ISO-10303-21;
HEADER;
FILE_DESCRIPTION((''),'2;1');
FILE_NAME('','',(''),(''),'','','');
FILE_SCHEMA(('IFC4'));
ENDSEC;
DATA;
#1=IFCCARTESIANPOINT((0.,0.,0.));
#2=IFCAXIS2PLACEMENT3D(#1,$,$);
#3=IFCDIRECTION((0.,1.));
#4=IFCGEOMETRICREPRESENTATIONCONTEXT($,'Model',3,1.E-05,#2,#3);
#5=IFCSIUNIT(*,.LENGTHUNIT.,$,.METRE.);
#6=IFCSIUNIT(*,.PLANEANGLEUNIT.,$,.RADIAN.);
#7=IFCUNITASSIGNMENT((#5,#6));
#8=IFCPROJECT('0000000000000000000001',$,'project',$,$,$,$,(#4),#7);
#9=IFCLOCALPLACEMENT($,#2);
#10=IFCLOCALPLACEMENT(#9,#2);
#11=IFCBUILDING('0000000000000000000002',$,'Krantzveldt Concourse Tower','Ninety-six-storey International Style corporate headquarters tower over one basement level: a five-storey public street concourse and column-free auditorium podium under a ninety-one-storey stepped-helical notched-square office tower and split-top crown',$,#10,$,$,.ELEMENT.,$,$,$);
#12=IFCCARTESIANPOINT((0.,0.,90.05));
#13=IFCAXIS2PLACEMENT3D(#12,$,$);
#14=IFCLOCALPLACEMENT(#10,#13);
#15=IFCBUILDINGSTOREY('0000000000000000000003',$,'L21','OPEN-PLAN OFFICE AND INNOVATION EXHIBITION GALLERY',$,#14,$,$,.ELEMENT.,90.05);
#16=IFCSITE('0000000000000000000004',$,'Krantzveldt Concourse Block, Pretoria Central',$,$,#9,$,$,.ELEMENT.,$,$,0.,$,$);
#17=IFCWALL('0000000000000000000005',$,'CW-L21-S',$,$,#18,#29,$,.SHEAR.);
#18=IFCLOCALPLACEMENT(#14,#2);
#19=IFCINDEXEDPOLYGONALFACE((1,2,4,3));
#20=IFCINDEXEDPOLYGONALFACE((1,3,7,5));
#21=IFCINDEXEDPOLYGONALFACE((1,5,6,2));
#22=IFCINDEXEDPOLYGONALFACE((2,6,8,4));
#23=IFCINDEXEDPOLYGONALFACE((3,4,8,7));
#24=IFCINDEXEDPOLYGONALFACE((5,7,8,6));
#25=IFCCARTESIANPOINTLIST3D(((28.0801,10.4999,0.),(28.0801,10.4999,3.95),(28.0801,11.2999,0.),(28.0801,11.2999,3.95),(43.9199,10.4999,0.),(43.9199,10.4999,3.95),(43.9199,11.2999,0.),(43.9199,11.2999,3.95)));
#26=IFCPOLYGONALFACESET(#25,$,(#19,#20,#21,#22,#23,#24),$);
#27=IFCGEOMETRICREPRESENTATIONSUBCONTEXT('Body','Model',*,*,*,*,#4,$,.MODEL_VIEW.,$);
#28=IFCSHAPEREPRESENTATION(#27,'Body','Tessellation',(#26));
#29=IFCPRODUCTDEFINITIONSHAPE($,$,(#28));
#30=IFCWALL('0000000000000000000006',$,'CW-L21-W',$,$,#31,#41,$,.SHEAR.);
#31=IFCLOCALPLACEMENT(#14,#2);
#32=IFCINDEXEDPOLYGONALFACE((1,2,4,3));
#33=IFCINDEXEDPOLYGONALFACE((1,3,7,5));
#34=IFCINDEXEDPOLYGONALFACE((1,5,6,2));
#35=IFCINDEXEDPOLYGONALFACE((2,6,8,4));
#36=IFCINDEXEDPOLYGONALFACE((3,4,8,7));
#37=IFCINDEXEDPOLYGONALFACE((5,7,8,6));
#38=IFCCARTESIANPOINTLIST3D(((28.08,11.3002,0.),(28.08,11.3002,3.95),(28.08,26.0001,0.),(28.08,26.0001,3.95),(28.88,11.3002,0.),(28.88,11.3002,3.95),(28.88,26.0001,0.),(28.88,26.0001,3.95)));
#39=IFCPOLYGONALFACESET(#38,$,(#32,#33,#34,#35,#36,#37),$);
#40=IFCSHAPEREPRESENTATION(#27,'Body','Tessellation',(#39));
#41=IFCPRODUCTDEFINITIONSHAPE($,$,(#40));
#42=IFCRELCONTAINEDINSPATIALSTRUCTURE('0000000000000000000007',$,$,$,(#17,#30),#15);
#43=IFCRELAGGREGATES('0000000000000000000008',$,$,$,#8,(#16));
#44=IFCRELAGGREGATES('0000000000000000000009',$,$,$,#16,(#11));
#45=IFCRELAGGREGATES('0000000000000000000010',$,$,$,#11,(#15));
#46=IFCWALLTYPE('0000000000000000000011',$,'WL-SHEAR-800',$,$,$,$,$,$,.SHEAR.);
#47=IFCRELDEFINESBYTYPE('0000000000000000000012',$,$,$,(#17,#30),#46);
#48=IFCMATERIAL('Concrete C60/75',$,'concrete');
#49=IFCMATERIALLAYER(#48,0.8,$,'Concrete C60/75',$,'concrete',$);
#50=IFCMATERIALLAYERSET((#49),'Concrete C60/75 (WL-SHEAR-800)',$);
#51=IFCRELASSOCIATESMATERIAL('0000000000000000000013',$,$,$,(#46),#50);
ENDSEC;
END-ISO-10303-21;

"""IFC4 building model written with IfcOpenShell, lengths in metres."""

from ifc_helpers import new_model, si_unit, direction, frame, frame_2d, origin, place, context, subcontext, project, spatial, rectangle, extrude, material, layer, layer_set, type_object, element, save


model = new_model("IFC4")

# Units and contexts
model_context = context("Model", 3, precision=1e-05, world=origin(), true_north=direction((0.0, 1.0)))
body_context = subcontext(model_context, "Body", "Model", "MODEL_VIEW")
ifc_project = project(units=[si_unit("LENGTHUNIT", "METRE"), si_unit("PLANEANGLEUNIT", "RADIAN")], contexts=[model_context])

# Site, building, storey
site_placement = place(None, origin())
site = spatial("IfcSite", under=ifc_project, at=site_placement, Name="Krantzveldt Concourse Block, Pretoria Central", CompositionType="ELEMENT", RefElevation=0.0)
building_placement = place(site_placement, origin())
building = spatial("IfcBuilding", under=site, at=building_placement, Name="Krantzveldt Concourse Tower", Description="Ninety-six-storey International Style corporate headquarters tower over one basement level: a five-storey public street concourse and column-free auditorium podium under a ninety-one-storey stepped-helical notched-square office tower and split-top crown", CompositionType="ELEMENT")
storey_placement = place(building_placement, frame((0.0, 0.0, 90.05)))
storey = spatial("IfcBuildingStorey", under=building, at=storey_placement, Name="L21", Description="OPEN-PLAN OFFICE AND INNOVATION EXHIBITION GALLERY", CompositionType="ELEMENT", Elevation=90.05)

# Walls
ifc_material_1 = material(Name="Concrete C60/75", Category="concrete")
ifc_layer_1 = layer(ifc_material_1, 0.8, Name="Concrete C60/75", Category="concrete")
ifc_layer_set_1 = layer_set([ifc_layer_1], Name="Concrete C60/75 (WL-SHEAR-800)")
wall_type_1 = type_object("IfcWallType", Name="WL-SHEAR-800", PredefinedType="SHEAR", material=ifc_layer_set_1)
wall_1_placement = place(storey_placement, frame((28.0801, 10.8999, 0.0), z_axis=(0.0, 0.0, 1.0), x_axis=(1.0, 0.0, 0.0)))
element("IfcWall", 1, at=wall_1_placement, inside=storey, type_object=wall_type_1, Name="CW-L21-S", PredefinedType="SHEAR", context=body_context, shape_type="SweptSolid", body=[
    extrude(rectangle(XDim=15.8398, YDim=0.8, at=frame_2d((7.9199, 0.0))), origin(), (0.0, 0.0, 1.0), 3.95),
])
wall_2_placement = place(storey_placement, frame((28.48, 11.3, 0.0), z_axis=(0.0, 0.0, 1.0), x_axis=(0.0, 1.0, 0.0)))
element("IfcWall", 2, at=wall_2_placement, inside=storey, type_object=wall_type_1, Name="CW-L21-W", PredefinedType="SHEAR", context=body_context, shape_type="SweptSolid", body=[
    extrude(rectangle(XDim=14.7, YDim=0.8, at=frame_2d((7.3501, 0.0))), origin(), (0.0, 0.0, 1.0), 3.95),
])

save(model, "model.ifc")
